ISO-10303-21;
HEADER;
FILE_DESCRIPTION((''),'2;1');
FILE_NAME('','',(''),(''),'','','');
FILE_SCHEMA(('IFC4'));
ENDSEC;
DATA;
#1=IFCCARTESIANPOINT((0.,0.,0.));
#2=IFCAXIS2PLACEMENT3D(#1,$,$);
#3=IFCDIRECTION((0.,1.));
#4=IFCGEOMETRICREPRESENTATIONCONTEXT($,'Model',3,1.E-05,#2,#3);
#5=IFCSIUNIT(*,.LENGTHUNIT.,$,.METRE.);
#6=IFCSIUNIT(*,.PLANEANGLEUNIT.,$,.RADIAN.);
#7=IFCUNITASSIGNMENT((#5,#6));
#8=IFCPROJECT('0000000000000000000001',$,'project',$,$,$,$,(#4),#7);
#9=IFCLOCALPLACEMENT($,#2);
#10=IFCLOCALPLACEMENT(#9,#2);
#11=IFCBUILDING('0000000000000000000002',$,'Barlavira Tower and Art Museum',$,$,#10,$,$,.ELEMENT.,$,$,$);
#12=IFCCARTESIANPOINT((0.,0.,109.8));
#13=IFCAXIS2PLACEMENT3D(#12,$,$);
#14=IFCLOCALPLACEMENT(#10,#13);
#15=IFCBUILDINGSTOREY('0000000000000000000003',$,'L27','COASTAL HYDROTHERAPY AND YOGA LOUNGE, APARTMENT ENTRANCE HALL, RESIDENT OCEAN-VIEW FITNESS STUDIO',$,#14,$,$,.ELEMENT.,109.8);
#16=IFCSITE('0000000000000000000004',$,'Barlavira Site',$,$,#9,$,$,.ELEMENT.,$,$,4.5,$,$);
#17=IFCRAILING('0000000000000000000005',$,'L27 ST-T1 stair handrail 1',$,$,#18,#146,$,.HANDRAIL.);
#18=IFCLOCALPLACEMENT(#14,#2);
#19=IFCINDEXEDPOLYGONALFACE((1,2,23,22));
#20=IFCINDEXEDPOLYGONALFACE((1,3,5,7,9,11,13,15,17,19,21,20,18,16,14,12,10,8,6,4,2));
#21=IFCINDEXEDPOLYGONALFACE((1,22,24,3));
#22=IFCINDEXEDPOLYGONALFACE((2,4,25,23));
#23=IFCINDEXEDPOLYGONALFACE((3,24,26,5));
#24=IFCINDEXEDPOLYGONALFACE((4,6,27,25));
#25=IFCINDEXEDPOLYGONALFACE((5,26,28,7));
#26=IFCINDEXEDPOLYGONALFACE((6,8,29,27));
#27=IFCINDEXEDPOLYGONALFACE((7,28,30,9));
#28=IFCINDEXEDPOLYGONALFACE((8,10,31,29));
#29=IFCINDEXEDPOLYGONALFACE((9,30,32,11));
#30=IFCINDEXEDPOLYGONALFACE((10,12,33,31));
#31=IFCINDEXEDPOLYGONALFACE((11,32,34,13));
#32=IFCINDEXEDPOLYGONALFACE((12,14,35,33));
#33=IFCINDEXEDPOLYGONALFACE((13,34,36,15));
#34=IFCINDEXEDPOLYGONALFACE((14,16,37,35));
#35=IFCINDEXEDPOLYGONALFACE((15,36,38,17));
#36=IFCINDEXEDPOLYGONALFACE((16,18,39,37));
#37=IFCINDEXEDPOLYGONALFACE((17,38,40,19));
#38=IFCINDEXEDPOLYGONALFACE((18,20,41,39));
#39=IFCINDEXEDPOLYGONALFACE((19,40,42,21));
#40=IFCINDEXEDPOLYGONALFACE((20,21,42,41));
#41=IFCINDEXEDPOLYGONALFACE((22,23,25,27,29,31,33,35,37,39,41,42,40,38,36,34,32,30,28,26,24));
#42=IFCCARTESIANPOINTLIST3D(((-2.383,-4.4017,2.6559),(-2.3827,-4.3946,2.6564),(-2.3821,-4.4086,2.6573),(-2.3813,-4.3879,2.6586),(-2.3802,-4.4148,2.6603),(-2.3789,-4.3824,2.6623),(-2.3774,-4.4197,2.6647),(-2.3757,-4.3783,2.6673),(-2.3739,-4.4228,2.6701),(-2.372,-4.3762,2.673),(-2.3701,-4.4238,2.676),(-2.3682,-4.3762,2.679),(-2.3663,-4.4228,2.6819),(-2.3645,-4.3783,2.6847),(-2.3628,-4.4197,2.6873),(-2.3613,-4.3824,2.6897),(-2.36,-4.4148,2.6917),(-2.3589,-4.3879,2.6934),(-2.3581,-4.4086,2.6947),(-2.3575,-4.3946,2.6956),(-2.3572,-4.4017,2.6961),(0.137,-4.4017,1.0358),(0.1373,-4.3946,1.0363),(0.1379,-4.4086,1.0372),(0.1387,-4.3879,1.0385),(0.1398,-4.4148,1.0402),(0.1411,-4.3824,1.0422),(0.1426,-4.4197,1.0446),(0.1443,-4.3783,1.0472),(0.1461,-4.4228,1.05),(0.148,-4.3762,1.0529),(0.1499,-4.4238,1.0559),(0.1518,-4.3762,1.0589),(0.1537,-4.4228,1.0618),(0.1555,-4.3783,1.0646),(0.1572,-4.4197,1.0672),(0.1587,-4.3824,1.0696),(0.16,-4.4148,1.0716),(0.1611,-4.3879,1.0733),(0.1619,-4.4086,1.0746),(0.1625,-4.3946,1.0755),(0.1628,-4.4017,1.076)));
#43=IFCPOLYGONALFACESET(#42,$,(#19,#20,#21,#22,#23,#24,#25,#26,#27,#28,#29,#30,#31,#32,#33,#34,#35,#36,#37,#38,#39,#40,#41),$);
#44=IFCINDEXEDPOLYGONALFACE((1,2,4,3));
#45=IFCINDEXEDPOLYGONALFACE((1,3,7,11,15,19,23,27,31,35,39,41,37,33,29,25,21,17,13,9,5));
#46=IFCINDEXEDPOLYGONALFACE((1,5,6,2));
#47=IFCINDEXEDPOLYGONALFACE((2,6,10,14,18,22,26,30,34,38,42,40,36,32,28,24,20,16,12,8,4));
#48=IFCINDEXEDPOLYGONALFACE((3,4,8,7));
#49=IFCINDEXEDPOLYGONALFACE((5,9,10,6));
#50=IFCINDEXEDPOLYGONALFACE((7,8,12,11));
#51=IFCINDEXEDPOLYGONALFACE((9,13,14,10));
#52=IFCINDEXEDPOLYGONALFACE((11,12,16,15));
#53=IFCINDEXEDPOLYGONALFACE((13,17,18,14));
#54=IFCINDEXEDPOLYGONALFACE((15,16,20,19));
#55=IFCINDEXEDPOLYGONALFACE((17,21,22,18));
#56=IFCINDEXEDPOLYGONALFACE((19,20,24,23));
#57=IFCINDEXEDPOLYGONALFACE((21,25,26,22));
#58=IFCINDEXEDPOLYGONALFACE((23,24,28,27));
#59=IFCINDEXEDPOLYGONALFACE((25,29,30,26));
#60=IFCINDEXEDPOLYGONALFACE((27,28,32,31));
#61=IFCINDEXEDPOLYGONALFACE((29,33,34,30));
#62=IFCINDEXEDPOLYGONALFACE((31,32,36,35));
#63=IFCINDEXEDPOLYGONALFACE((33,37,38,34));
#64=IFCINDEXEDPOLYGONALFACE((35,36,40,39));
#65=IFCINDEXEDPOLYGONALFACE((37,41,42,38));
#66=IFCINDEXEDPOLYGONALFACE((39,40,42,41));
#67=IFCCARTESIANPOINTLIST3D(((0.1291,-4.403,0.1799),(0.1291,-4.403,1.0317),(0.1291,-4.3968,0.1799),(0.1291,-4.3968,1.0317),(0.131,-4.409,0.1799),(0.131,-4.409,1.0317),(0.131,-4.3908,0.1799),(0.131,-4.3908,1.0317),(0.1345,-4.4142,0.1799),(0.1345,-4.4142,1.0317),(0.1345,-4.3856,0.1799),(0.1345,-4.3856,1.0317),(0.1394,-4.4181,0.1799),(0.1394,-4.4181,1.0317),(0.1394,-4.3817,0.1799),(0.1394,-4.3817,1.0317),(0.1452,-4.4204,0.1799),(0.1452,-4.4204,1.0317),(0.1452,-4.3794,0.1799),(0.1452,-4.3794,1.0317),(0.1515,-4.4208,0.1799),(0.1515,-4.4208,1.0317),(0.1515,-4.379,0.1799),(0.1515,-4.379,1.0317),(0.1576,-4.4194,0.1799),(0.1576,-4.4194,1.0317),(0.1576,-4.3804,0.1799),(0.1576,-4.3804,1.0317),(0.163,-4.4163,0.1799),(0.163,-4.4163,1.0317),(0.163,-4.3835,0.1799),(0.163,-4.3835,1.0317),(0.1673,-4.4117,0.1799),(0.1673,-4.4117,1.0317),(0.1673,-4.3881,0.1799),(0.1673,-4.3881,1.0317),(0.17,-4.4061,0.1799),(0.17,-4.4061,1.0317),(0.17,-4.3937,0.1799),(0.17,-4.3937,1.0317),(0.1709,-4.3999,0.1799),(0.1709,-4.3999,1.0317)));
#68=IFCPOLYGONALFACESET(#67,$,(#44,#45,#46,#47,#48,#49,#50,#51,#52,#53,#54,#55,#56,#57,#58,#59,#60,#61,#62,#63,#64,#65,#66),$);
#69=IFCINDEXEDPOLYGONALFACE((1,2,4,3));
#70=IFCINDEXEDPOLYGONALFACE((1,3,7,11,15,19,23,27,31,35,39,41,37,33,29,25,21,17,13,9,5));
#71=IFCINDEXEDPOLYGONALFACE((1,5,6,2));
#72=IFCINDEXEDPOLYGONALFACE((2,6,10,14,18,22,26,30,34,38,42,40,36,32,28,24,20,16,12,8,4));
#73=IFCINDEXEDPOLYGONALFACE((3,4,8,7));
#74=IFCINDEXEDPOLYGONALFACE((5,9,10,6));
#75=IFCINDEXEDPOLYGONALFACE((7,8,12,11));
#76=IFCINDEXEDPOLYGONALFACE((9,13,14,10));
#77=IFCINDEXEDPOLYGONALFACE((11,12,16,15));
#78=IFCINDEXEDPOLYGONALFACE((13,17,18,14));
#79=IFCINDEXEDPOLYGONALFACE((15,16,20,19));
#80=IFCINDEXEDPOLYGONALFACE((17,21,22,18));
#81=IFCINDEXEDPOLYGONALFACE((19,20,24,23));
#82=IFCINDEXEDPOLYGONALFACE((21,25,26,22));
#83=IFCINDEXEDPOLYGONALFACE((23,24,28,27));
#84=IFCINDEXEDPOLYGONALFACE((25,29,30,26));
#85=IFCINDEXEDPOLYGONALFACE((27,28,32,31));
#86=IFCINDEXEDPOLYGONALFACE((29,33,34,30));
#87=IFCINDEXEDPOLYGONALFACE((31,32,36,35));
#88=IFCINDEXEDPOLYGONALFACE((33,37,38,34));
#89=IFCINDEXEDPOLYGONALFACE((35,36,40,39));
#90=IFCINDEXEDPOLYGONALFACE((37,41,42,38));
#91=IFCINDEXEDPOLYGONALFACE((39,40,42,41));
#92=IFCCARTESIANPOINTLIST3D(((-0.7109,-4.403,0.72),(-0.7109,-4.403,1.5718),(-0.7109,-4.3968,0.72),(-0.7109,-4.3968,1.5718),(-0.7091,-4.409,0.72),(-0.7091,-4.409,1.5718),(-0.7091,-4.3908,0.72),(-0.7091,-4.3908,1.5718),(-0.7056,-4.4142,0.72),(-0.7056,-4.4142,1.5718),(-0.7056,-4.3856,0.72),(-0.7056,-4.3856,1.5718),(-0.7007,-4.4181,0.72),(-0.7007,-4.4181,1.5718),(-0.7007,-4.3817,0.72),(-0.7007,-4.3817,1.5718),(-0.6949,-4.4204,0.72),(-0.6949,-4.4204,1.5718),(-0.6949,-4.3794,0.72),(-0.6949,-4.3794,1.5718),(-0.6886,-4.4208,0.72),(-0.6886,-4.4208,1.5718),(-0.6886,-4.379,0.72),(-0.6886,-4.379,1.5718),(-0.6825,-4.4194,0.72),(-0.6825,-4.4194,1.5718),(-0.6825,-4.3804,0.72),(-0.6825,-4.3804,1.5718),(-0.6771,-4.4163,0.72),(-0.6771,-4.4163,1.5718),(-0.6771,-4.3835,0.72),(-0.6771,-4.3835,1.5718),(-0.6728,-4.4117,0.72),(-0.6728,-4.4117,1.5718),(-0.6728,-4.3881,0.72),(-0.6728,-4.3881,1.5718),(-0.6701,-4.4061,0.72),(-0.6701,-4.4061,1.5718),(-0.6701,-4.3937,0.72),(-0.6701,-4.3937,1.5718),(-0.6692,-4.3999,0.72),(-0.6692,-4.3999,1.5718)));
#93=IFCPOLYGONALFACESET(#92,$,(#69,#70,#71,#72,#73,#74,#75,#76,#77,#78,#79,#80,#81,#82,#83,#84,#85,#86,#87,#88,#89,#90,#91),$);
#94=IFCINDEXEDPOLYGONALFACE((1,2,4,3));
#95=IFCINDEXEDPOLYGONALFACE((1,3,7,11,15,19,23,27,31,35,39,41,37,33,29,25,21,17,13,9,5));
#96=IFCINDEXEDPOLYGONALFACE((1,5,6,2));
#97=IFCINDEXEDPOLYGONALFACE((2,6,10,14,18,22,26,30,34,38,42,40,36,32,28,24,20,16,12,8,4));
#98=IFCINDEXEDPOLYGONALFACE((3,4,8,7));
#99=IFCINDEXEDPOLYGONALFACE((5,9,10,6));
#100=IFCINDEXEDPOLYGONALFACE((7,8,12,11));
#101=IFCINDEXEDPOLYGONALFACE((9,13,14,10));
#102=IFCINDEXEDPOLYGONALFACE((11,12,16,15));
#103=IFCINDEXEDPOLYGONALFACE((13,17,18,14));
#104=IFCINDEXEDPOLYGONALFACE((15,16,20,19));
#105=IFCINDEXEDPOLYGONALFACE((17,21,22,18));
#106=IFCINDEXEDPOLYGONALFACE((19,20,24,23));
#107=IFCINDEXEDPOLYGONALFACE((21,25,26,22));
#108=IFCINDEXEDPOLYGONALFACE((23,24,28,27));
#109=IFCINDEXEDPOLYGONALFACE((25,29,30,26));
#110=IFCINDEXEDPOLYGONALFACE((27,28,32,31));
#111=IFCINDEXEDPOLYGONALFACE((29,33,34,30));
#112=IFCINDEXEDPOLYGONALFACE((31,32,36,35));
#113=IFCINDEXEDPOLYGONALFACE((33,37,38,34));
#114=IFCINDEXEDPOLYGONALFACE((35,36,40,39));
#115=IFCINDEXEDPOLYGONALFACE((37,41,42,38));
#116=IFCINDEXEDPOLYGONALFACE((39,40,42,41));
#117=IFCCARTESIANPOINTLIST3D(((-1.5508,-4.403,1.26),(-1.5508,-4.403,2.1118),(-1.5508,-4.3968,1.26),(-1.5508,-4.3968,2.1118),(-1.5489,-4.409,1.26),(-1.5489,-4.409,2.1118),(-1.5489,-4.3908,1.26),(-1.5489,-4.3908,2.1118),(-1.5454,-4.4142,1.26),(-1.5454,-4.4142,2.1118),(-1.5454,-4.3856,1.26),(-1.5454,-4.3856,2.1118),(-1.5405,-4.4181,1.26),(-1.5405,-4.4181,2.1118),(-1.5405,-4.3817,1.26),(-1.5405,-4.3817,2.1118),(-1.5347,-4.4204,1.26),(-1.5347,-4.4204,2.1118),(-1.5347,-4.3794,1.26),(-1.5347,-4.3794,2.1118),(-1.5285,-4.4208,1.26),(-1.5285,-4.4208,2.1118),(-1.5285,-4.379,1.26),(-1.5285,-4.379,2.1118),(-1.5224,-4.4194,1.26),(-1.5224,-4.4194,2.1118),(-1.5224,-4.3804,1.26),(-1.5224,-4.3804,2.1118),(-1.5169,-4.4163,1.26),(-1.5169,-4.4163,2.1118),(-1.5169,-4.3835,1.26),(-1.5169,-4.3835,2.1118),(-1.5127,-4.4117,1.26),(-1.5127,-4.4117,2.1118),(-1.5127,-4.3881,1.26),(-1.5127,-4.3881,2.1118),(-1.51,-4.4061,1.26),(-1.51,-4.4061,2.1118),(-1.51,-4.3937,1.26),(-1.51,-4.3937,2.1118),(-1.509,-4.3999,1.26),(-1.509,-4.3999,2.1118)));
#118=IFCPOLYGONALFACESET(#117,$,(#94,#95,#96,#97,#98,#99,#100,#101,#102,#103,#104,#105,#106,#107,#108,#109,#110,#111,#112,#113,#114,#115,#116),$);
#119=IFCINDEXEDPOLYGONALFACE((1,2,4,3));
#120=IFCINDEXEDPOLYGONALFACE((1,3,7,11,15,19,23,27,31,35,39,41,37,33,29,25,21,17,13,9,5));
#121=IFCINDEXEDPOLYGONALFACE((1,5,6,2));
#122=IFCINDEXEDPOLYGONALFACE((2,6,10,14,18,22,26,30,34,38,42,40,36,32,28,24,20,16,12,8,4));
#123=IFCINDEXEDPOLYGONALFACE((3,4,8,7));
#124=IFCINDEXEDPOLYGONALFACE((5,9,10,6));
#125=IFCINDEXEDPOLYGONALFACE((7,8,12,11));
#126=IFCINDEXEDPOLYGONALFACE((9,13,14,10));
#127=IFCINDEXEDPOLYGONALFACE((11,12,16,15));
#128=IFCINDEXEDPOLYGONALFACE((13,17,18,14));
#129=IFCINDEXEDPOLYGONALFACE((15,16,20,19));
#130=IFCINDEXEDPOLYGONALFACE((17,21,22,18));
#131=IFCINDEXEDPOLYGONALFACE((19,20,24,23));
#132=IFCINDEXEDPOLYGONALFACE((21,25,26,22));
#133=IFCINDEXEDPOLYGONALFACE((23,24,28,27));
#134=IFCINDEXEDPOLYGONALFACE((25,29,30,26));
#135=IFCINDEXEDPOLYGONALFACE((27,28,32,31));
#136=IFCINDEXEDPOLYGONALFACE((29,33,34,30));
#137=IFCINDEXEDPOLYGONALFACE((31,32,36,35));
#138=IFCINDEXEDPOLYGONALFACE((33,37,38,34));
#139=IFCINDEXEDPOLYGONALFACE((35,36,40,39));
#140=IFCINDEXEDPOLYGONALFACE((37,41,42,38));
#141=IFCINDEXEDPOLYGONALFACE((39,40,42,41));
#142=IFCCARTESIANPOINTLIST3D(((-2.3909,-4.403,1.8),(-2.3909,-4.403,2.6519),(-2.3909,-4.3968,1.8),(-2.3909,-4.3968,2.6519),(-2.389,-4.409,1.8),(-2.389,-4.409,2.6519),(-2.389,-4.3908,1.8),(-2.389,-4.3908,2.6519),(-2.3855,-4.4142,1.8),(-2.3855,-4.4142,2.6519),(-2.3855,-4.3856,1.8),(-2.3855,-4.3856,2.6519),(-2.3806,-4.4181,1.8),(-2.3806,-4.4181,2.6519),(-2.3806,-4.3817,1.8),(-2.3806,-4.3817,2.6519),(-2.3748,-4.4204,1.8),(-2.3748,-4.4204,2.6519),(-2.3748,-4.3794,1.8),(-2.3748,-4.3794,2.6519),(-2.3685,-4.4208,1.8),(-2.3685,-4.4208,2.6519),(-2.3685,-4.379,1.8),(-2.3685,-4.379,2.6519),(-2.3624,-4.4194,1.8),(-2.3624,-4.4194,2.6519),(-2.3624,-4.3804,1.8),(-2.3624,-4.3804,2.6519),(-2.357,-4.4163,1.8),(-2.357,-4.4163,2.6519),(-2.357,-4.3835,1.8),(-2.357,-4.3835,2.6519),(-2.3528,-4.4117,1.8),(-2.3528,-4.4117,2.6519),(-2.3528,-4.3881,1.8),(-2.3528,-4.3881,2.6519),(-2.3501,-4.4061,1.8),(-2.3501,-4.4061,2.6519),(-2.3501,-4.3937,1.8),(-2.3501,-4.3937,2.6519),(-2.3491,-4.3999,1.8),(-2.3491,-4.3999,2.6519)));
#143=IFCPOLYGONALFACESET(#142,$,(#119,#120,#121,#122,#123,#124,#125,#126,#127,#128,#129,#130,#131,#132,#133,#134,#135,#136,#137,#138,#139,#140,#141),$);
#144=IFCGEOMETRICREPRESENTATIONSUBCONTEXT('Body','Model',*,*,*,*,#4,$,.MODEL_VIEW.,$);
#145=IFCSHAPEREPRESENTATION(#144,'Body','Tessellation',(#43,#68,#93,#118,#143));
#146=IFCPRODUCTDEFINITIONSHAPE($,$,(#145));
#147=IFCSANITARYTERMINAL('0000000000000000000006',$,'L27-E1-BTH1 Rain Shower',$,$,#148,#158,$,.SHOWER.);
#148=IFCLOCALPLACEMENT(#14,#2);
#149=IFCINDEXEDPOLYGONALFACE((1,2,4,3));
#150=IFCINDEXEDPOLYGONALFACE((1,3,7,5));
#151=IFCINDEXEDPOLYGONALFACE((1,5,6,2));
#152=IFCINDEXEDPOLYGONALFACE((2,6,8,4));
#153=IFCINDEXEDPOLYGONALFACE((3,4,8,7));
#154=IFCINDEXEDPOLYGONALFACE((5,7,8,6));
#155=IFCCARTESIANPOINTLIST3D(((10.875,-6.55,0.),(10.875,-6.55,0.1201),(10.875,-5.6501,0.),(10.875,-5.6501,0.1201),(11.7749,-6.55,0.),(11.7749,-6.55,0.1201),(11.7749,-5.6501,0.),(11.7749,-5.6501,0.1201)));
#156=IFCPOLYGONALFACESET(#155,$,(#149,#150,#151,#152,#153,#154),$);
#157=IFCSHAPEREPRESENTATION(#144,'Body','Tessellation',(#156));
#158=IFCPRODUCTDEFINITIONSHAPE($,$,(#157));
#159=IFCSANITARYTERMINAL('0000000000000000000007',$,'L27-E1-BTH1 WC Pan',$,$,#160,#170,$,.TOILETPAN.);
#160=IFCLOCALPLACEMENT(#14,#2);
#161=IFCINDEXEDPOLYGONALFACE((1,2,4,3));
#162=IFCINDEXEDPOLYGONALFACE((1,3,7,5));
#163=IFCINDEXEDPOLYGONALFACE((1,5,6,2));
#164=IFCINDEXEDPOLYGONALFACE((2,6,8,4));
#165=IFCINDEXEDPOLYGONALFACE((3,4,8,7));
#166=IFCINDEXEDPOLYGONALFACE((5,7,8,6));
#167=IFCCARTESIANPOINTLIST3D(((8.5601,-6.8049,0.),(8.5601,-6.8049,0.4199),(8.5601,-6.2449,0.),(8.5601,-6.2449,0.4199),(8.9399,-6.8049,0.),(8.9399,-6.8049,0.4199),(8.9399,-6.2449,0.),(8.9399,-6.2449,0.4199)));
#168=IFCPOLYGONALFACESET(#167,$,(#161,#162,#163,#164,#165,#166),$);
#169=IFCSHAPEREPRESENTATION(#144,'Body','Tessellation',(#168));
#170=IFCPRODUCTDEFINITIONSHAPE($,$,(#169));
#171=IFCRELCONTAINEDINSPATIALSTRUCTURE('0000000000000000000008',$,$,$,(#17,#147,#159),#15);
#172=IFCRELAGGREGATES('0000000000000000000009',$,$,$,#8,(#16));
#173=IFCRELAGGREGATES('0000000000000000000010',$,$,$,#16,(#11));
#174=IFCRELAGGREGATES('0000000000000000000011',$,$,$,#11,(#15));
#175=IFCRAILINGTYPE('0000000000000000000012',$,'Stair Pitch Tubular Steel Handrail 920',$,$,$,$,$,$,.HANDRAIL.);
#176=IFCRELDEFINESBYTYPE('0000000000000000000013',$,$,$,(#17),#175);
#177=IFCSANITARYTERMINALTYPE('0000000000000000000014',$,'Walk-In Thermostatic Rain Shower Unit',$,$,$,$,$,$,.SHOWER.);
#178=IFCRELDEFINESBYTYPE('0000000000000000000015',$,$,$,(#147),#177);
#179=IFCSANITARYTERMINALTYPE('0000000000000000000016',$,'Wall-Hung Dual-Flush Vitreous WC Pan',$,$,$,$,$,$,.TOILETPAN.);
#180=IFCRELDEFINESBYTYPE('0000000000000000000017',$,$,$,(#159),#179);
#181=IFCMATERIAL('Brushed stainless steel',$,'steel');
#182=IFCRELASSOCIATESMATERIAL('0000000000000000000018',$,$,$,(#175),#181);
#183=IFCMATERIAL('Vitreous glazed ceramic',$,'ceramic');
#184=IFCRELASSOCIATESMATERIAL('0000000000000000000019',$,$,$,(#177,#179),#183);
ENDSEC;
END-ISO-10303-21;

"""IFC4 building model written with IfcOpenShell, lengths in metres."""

from ifc_helpers import new_model, si_unit, direction, frame, origin, origin_2d, place, context, subcontext, project, spatial, rectangle, circle, extrude, material, type_object, element, save


model = new_model("IFC4")

# Units and contexts
model_context = context("Model", 3, precision=1e-05, world=origin(), true_north=direction((0.0, 1.0)))
body_context = subcontext(model_context, "Body", "Model", "MODEL_VIEW")
ifc_project = project(units=[si_unit("LENGTHUNIT", "METRE"), si_unit("PLANEANGLEUNIT", "RADIAN")], contexts=[model_context])

# Site, building, storey
site_placement = place(None, origin())
site = spatial("IfcSite", under=ifc_project, at=site_placement, Name="Barlavira Site", CompositionType="ELEMENT", RefElevation=4.5)
building_placement = place(site_placement, origin())
building = spatial("IfcBuilding", under=site, at=building_placement, Name="Barlavira Tower and Art Museum", CompositionType="ELEMENT")
storey_placement = place(building_placement, frame((0.0, 0.0, 109.8)))
storey = spatial("IfcBuildingStorey", under=building, at=storey_placement, Name="L27", Description="COASTAL HYDROTHERAPY AND YOGA LOUNGE, APARTMENT ENTRANCE HALL, RESIDENT OCEAN-VIEW FITNESS STUDIO", CompositionType="ELEMENT", Elevation=109.8)

# Shared definitions
ifc_material_1 = material(Name="Brushed stainless steel", Category="steel")

# Railing
railing_type_1 = type_object("IfcRailingType", Name="Stair Pitch Tubular Steel Handrail 920", PredefinedType="HANDRAIL", material=ifc_material_1)
railing_1_placement = place(storey_placement, frame((0.1499, -4.3999, 0.1799)))
element("IfcRailing", 1, at=railing_1_placement, inside=storey, type_object=railing_type_1, Name="L27 ST-T1 stair handrail 1", PredefinedType="HANDRAIL", context=body_context, shape_type="SweptSolid", body=[
    extrude(circle(Radius=0.0239, at=origin_2d()), frame((0.0, 0.0, 0.876), z_axis=(-0.841163, 0.0, 0.540782), x_axis=(0.0, -1.0, 0.0)), (0.0, 0.0, 1.0), 2.9958),
    extrude(circle(Radius=0.021, at=origin_2d()), origin(), (0.0, 0.0, 1.0), 0.8518),
    extrude(circle(Radius=0.021, at=origin_2d()), frame((-0.8401, 0.0, 0.54)), (0.0, 0.0, 1.0), 0.8518),
    extrude(circle(Radius=0.021, at=origin_2d()), frame((-1.6799, 0.0, 1.0801)), (0.0, 0.0, 1.0), 0.8518),
    extrude(circle(Radius=0.021, at=origin_2d()), frame((-2.52, 0.0, 1.6201)), (0.0, 0.0, 1.0), 0.8518),
])

# Sanitary terminals
ifc_material_2 = material(Name="Vitreous glazed ceramic", Category="ceramic")
sanitary_terminal_type_1 = type_object("IfcSanitaryTerminalType", Name="Walk-In Thermostatic Rain Shower Unit", PredefinedType="SHOWER", material=ifc_material_2)
sanitary_terminal_1_placement = place(storey_placement, frame((11.325, -6.1001, 0.0), z_axis=(0.0, 0.0, 1.0), x_axis=(1.0, 0.0, 0.0)))
element("IfcSanitaryTerminal", 2, at=sanitary_terminal_1_placement, inside=storey, type_object=sanitary_terminal_type_1, Name="L27-E1-BTH1 Rain Shower", PredefinedType="SHOWER", context=body_context, shape_type="SweptSolid", body=[
    extrude(rectangle(XDim=0.8999, YDim=0.8999, at=origin_2d()), origin(), (0.0, 0.0, 1.0), 0.1201),
])
sanitary_terminal_type_2 = type_object("IfcSanitaryTerminalType", Name="Wall-Hung Dual-Flush Vitreous WC Pan", PredefinedType="TOILETPAN", material=ifc_material_2)
sanitary_terminal_2_placement = place(storey_placement, frame((8.75, -6.5249, 0.0), z_axis=(0.0, 0.0, 1.0), x_axis=(1.0, 0.0, 0.0)))
element("IfcSanitaryTerminal", 3, at=sanitary_terminal_2_placement, inside=storey, type_object=sanitary_terminal_type_2, Name="L27-E1-BTH1 WC Pan", PredefinedType="TOILETPAN", context=body_context, shape_type="SweptSolid", body=[
    extrude(rectangle(XDim=0.3799, YDim=0.5601, at=origin_2d()), origin(), (0.0, 0.0, 1.0), 0.4199),
])

save(model, "model.ifc")
